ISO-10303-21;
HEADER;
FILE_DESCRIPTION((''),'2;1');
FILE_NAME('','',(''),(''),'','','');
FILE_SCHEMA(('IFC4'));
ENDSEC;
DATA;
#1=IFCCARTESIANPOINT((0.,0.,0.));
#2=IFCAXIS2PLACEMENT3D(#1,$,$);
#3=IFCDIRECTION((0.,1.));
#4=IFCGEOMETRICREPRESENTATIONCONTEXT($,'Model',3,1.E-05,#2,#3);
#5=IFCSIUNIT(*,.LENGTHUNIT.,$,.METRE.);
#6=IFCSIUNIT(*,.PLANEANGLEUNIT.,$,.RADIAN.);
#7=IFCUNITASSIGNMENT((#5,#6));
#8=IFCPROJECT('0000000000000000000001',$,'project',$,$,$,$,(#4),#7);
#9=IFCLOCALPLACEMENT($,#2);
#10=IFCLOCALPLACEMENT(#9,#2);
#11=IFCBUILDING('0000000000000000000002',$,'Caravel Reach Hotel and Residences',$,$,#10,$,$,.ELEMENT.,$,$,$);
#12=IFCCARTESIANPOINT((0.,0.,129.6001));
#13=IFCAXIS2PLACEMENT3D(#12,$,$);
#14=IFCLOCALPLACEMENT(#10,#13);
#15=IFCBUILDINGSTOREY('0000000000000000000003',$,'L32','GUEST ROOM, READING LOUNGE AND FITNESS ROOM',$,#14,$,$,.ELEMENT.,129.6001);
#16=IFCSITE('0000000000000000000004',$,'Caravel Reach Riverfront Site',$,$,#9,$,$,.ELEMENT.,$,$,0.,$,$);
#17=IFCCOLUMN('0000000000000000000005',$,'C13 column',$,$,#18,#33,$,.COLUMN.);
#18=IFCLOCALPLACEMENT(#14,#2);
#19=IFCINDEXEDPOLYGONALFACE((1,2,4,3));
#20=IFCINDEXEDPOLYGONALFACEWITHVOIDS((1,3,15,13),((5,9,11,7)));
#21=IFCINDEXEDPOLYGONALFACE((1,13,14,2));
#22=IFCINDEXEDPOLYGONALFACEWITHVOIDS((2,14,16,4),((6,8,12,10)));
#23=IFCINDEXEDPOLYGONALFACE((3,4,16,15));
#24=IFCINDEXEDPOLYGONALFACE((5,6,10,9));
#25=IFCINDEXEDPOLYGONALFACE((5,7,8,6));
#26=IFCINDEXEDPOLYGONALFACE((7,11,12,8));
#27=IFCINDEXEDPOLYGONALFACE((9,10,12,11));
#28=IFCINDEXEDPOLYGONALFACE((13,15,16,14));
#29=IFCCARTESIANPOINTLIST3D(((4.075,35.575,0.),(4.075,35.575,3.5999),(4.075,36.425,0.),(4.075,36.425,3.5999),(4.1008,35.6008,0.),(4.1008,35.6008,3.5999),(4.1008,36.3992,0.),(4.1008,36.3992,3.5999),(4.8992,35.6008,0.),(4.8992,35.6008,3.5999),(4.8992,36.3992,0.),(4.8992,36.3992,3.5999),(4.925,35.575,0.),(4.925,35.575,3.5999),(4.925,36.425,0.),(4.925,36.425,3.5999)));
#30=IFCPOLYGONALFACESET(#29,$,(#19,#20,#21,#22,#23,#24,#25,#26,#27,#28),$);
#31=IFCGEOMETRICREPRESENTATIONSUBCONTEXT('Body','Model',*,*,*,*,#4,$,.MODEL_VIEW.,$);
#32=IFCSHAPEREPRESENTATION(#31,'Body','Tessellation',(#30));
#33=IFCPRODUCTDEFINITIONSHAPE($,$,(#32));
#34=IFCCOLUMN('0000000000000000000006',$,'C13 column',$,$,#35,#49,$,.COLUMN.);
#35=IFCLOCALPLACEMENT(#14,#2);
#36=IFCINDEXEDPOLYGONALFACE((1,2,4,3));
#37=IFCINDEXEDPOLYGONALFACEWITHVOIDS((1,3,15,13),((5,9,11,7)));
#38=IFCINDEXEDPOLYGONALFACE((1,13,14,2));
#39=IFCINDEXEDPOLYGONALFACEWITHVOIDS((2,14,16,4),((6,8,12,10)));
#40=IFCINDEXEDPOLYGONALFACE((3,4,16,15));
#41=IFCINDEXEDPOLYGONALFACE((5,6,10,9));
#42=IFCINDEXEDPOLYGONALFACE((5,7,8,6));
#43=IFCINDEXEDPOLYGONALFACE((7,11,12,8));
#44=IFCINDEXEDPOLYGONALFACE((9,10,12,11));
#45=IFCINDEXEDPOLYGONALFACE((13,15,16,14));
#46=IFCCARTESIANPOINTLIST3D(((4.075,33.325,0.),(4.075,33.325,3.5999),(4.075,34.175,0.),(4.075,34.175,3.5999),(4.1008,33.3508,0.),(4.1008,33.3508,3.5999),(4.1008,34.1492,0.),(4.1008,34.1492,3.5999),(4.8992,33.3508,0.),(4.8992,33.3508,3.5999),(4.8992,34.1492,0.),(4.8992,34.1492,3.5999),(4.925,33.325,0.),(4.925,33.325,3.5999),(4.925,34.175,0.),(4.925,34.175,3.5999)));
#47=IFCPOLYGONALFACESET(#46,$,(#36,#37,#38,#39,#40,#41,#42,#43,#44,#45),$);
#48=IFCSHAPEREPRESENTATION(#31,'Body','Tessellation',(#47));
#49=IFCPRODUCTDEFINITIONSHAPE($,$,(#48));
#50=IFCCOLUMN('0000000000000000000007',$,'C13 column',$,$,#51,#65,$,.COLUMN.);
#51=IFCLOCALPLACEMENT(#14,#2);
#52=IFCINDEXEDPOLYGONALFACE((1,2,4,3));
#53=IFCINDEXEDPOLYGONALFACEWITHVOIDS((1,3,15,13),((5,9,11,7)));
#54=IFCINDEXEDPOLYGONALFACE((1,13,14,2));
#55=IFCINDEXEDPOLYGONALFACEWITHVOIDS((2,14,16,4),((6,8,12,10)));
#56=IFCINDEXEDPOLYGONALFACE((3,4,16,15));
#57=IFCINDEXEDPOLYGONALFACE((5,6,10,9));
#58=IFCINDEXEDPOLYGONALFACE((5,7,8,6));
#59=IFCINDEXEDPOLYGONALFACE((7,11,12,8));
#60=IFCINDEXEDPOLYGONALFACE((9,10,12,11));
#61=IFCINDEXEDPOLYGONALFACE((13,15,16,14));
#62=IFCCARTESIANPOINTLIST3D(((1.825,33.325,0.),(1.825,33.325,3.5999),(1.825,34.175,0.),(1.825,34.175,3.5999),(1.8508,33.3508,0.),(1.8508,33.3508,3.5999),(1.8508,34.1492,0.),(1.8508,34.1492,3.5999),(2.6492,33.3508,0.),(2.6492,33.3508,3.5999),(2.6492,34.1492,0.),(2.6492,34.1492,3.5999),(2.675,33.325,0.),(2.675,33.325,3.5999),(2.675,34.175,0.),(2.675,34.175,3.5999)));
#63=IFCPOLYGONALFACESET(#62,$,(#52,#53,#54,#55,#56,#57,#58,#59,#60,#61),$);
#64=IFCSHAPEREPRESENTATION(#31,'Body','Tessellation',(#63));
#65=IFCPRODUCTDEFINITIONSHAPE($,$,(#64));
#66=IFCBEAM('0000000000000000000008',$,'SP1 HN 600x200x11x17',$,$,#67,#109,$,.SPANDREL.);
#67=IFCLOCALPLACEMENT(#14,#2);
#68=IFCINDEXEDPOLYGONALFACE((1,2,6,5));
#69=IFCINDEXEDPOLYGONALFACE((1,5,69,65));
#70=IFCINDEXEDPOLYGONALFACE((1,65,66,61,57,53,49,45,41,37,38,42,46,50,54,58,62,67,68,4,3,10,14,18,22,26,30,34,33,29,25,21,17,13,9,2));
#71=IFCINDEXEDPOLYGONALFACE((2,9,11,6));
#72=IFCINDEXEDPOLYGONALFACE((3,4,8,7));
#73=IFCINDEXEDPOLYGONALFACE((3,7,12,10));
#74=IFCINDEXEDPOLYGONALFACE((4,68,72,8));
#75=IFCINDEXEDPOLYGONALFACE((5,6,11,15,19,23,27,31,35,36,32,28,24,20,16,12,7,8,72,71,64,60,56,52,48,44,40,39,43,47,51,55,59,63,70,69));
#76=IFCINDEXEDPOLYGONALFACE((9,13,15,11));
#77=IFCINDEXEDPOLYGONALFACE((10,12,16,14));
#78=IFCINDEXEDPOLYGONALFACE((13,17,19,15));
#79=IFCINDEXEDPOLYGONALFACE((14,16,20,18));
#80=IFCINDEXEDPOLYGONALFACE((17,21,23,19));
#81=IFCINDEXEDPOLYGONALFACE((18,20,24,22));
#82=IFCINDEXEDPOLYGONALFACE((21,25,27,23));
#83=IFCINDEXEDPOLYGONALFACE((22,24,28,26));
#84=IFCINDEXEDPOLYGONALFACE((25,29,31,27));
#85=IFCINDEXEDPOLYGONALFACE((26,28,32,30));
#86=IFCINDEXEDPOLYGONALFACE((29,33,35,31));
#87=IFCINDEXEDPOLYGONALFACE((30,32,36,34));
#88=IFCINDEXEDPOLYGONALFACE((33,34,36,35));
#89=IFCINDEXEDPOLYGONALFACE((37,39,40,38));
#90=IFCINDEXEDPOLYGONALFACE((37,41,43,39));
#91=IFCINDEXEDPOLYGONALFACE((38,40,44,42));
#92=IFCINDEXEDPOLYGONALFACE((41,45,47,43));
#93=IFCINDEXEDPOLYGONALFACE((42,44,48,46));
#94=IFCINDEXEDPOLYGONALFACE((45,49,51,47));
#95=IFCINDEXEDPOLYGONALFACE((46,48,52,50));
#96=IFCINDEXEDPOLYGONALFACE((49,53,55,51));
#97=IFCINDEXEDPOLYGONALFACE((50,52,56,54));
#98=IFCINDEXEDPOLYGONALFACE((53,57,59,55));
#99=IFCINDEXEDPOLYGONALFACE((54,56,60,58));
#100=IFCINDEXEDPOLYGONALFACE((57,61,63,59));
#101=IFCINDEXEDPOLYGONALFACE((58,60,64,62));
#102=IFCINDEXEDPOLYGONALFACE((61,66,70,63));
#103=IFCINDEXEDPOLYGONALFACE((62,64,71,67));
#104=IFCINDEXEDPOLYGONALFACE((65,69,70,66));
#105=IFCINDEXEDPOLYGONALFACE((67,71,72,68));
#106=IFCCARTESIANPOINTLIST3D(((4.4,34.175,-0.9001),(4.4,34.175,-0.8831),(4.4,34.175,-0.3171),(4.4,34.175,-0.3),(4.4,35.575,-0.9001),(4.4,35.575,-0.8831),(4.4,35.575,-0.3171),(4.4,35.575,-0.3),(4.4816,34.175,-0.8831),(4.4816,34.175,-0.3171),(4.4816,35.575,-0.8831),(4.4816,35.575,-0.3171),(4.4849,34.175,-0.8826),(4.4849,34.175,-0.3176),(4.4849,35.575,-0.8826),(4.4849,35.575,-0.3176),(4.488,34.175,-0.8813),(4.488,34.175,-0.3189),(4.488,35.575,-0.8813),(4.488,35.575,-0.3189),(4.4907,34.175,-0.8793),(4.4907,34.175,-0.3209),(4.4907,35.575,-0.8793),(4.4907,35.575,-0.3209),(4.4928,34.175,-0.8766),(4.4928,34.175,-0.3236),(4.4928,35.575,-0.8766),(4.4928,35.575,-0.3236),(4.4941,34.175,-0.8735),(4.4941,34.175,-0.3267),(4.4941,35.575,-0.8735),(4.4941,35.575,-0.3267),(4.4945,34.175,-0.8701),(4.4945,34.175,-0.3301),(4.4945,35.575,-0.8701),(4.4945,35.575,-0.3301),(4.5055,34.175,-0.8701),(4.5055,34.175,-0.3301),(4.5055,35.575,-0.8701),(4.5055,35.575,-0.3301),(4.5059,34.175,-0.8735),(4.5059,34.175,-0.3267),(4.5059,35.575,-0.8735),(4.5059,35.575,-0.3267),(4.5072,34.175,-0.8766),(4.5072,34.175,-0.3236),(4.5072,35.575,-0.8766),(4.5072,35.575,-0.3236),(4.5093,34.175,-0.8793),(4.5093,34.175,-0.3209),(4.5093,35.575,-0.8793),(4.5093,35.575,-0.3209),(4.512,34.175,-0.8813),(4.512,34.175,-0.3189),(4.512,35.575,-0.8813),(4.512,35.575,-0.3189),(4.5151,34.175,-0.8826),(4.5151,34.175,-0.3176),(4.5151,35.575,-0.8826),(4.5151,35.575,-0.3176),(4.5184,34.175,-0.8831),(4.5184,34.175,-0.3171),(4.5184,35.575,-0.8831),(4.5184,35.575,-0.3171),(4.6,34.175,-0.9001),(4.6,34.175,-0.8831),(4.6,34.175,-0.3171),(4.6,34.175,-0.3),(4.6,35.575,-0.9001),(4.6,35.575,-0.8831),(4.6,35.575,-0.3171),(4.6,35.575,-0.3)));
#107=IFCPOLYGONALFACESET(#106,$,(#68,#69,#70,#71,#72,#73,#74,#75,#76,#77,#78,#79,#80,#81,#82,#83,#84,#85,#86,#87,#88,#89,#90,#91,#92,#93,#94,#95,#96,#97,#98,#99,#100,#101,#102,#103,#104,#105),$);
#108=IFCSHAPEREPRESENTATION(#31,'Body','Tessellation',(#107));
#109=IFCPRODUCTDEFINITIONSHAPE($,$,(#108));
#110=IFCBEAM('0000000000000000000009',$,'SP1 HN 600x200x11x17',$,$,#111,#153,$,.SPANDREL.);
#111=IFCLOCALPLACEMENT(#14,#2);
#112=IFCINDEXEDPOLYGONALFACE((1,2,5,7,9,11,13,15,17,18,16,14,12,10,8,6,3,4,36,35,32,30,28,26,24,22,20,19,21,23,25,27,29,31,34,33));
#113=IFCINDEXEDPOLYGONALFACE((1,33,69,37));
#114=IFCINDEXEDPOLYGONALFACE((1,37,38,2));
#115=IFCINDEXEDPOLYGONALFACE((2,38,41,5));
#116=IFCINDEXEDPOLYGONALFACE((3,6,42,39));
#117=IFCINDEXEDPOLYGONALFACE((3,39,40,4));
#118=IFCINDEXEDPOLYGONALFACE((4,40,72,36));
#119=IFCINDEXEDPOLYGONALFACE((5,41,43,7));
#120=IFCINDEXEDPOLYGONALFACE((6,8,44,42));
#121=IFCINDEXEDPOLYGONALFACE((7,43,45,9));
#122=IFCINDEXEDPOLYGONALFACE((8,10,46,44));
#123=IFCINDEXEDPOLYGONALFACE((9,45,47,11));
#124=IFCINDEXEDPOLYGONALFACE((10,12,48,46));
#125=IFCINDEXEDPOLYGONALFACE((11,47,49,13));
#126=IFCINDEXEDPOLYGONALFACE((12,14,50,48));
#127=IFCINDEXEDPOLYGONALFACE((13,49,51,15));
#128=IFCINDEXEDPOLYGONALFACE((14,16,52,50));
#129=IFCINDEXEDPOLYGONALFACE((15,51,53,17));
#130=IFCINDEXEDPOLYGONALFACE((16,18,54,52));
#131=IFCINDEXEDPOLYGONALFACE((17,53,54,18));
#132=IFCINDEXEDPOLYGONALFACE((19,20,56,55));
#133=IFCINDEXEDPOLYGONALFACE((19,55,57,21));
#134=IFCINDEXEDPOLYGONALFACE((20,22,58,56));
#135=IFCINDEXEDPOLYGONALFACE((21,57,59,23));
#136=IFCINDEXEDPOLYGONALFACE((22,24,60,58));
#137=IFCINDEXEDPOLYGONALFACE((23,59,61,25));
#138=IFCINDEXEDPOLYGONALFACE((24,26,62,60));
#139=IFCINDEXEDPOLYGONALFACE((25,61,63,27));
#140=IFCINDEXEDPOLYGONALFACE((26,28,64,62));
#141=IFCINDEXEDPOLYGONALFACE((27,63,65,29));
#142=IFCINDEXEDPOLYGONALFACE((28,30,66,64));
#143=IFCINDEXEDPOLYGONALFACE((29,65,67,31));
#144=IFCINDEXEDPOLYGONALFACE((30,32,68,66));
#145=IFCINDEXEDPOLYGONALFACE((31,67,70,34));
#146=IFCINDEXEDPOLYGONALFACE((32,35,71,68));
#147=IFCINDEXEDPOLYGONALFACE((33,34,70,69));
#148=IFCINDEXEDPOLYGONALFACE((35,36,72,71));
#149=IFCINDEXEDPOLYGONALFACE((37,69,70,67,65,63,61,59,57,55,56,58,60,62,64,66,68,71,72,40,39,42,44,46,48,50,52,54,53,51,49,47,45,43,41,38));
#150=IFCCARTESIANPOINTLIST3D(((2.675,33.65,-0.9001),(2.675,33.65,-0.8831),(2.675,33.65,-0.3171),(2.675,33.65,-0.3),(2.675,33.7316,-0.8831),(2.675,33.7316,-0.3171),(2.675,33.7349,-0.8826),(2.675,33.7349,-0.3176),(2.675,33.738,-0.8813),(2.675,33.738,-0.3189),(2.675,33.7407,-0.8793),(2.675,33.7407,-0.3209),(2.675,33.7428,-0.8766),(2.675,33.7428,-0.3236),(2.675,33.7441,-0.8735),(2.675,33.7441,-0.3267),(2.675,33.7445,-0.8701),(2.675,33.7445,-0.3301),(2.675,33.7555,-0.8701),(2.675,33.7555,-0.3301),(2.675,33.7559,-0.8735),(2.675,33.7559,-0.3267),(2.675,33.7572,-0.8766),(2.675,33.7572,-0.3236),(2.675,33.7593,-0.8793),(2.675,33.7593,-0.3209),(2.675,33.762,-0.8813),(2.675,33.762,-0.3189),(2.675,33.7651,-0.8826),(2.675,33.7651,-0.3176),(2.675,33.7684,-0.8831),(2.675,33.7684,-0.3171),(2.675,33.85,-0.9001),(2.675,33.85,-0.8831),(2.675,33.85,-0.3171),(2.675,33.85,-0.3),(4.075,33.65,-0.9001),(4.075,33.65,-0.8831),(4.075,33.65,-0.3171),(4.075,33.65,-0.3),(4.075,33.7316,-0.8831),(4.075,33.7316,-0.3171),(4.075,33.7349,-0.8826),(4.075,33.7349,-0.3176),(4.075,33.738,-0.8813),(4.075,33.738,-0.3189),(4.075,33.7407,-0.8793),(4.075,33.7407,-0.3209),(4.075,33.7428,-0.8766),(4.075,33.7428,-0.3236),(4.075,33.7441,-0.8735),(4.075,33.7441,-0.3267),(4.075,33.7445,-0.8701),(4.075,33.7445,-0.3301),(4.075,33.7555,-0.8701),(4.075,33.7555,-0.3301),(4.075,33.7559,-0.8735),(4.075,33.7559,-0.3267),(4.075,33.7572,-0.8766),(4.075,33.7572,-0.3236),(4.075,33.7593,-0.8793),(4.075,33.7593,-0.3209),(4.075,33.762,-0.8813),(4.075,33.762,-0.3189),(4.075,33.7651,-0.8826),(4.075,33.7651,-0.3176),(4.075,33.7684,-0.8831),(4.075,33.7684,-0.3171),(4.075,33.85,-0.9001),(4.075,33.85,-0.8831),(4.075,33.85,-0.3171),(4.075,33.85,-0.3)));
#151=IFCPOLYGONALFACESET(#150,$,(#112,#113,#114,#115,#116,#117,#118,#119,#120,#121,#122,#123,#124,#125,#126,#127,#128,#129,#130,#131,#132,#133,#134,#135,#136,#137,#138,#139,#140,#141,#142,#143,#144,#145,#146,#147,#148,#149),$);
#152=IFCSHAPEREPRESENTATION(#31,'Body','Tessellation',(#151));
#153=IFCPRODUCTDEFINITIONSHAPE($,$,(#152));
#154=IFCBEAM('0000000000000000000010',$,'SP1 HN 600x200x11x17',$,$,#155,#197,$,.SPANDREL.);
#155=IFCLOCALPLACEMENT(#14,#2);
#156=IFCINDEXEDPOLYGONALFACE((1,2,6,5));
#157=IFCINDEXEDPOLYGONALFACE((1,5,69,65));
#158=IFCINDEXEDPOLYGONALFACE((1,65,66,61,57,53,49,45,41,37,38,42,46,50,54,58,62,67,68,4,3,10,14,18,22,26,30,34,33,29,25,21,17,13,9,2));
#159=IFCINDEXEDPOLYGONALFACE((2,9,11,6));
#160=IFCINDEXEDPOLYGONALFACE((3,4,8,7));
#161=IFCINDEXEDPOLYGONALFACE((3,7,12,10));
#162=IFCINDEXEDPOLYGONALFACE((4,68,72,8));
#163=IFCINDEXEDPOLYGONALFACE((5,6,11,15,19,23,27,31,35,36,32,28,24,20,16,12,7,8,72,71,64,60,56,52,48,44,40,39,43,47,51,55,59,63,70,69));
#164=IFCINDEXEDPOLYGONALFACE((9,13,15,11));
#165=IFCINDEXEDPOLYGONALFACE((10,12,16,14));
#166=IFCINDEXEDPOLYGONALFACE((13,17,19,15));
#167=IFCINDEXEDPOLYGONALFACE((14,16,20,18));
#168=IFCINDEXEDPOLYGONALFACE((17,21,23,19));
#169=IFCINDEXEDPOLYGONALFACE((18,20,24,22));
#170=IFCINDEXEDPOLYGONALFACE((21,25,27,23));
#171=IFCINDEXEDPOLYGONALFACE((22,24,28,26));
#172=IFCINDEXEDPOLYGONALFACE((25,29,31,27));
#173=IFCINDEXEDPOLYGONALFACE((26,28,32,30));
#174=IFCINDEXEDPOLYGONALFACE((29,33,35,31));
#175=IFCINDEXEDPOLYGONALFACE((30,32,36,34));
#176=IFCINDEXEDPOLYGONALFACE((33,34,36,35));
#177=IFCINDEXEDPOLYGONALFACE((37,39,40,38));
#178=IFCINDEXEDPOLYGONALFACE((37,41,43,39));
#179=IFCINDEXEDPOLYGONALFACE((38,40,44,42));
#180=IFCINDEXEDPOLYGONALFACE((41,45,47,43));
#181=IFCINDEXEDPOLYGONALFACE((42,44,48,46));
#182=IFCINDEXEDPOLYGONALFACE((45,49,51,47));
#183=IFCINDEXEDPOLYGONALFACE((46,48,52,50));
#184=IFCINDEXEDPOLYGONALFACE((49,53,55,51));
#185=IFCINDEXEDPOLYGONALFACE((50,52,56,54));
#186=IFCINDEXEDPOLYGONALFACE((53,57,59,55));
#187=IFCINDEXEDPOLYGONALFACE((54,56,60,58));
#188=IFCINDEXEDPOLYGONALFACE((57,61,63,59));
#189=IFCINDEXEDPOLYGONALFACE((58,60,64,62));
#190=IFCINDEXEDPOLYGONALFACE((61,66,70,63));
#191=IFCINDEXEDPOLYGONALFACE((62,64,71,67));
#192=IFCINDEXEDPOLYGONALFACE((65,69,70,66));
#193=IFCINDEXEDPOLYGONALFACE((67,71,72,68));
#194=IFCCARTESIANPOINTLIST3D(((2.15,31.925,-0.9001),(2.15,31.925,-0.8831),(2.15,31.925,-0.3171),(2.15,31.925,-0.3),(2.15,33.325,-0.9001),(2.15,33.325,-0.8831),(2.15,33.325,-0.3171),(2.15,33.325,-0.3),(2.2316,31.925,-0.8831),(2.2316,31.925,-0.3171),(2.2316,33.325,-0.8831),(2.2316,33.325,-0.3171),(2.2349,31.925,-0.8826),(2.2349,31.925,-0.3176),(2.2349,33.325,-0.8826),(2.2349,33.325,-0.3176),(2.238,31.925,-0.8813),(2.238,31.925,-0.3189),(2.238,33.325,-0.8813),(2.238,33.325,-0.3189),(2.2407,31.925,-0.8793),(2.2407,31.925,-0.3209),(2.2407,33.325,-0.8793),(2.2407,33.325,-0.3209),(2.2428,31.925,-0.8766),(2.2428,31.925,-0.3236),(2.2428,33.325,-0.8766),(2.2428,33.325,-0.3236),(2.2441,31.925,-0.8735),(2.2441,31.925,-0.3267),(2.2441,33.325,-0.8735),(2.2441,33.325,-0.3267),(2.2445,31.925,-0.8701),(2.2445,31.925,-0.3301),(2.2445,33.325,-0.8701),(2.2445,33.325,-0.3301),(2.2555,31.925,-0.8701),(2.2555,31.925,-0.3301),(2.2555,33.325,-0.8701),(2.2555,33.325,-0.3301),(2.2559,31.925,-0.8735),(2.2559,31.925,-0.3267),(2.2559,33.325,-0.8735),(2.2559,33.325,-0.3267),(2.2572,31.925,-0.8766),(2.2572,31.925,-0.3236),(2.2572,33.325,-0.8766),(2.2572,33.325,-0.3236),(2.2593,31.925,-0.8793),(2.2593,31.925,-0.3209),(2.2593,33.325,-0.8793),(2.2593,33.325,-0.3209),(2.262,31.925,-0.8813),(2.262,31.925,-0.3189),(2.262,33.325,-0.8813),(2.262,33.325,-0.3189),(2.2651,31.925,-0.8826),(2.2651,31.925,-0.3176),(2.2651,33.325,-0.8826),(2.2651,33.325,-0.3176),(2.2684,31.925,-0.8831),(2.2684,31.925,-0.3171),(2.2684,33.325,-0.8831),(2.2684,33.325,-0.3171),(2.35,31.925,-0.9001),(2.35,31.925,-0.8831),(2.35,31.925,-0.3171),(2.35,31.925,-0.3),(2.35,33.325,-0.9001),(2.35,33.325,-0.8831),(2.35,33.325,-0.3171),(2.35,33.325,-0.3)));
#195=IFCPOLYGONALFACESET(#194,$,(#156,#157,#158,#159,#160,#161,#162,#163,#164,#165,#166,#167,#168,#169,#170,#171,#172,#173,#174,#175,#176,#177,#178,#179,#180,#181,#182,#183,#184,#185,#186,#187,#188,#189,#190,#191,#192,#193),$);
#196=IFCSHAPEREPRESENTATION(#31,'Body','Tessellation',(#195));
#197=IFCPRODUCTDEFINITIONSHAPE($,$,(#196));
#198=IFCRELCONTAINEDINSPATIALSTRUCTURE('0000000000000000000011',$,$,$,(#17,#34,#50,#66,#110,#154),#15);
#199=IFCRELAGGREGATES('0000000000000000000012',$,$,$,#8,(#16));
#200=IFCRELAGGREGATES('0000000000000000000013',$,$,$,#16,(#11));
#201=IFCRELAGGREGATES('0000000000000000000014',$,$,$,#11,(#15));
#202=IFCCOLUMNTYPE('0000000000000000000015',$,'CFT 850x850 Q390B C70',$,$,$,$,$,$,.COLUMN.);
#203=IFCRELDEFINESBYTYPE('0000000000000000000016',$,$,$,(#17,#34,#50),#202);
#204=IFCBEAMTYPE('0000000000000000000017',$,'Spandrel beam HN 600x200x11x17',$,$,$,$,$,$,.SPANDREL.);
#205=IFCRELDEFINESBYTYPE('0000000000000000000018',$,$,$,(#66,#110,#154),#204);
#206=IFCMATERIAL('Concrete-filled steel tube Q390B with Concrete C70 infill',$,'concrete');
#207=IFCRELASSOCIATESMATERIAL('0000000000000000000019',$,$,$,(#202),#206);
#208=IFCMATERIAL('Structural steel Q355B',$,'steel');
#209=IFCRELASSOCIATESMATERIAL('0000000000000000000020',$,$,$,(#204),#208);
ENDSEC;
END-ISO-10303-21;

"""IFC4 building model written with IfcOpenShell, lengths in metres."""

from ifc_helpers import new_model, si_unit, direction, frame, origin, origin_2d, place, context, subcontext, project, spatial, hollow_rectangle, i_section, extrude, material, material_profile, profile_set, type_object, element, save


model = new_model("IFC4")

# Units and contexts
model_context = context("Model", 3, precision=1e-05, world=origin(), true_north=direction((0.0, 1.0)))
body_context = subcontext(model_context, "Body", "Model", "MODEL_VIEW")
ifc_project = project(units=[si_unit("LENGTHUNIT", "METRE"), si_unit("PLANEANGLEUNIT", "RADIAN")], contexts=[model_context])

# Site, building, storey
site_placement = place(None, origin())
site = spatial("IfcSite", under=ifc_project, at=site_placement, Name="Caravel Reach Riverfront Site", CompositionType="ELEMENT", RefElevation=0.0)
building_placement = place(site_placement, origin())
building = spatial("IfcBuilding", under=site, at=building_placement, Name="Caravel Reach Hotel and Residences", CompositionType="ELEMENT")
storey_placement = place(building_placement, frame((0.0, 0.0, 129.6001)))
storey = spatial("IfcBuildingStorey", under=building, at=storey_placement, Name="L32", Description="GUEST ROOM, READING LOUNGE AND FITNESS ROOM", CompositionType="ELEMENT", Elevation=129.6001)

# Columns
ifc_material_1 = material(Name="Concrete-filled steel tube Q390B with Concrete C70 infill", Category="concrete")
ifc_material_profile_1 = material_profile(ifc_material_1, hollow_rectangle(XDim=0.8501, YDim=0.8501, WallThickness=0.0259, at=origin_2d()), Name="RHS 850x850x26")
ifc_profile_set_1 = profile_set([ifc_material_profile_1], Name="Concrete-filled steel tube Q390B with Concrete C70 infill")
column_type = type_object("IfcColumnType", Name="CFT 850x850 Q390B C70", PredefinedType="COLUMN", material=ifc_profile_set_1)
for number, where, z_axis, x_axis, name in (
    (1, (4.5, 36.0, 0.0), (0.0, 0.0, 1.0), (1.0, 0.0, 0.0), "C13 column"),
    (2, (4.5, 33.75, 0.0), (0.0, 0.0, 1.0), (1.0, 0.0, 0.0), "C13 column"),
    (3, (2.25, 33.75, 0.0), (0.0, 0.0, 1.0), (1.0, 0.0, 0.0), "C13 column"),
):
    element("IfcColumn", number, at=place(storey_placement, frame(where, z_axis=z_axis, x_axis=x_axis)), inside=storey, type_object=column_type, Name=name, PredefinedType="COLUMN", context=body_context, shape_type="SweptSolid", body=[
        extrude(hollow_rectangle(XDim=0.8501, YDim=0.8501, WallThickness=0.0259, at=origin_2d()), origin(), (0.0, 0.0, 1.0), 3.5999),
    ])

# Beams
ifc_material_2 = material(Name="Structural steel Q355B", Category="steel")
ifc_material_profile_2 = material_profile(ifc_material_2, i_section(OverallWidth=0.2, OverallDepth=0.6001, WebThickness=0.011, FlangeThickness=0.0171, FilletRadius=0.0129, at=origin_2d()), Name="HN 600x200x11x17")
ifc_profile_set_2 = profile_set([ifc_material_profile_2], Name="Structural steel Q355B")
beam_type = type_object("IfcBeamType", Name="Spandrel beam HN 600x200x11x17", PredefinedType="SPANDREL", material=ifc_profile_set_2)
for number, where, z_axis, x_axis, name in (
    (4, (4.5, 35.575, -0.6001), (0.0, -1.0, 0.0), (1.0, 0.0, 0.0), "SP1 HN 600x200x11x17"),
    (5, (4.075, 33.75, -0.6001), (-1.0, 0.0, 0.0), (0.0, -1.0, 0.0), "SP1 HN 600x200x11x17"),
    (6, (2.25, 33.325, -0.6001), (0.0, -1.0, 0.0), (1.0, 0.0, 0.0), "SP1 HN 600x200x11x17"),
):
    element("IfcBeam", number, at=place(storey_placement, frame(where, z_axis=z_axis, x_axis=x_axis)), inside=storey, type_object=beam_type, Name=name, PredefinedType="SPANDREL", context=body_context, shape_type="SweptSolid", body=[
        extrude(i_section(OverallWidth=0.2, OverallDepth=0.6001, WebThickness=0.011, FlangeThickness=0.0171, FilletRadius=0.0129, at=origin_2d()), origin(), (0.0, 0.0, 1.0), 1.3999),
    ])

save(model, "model.ifc")
